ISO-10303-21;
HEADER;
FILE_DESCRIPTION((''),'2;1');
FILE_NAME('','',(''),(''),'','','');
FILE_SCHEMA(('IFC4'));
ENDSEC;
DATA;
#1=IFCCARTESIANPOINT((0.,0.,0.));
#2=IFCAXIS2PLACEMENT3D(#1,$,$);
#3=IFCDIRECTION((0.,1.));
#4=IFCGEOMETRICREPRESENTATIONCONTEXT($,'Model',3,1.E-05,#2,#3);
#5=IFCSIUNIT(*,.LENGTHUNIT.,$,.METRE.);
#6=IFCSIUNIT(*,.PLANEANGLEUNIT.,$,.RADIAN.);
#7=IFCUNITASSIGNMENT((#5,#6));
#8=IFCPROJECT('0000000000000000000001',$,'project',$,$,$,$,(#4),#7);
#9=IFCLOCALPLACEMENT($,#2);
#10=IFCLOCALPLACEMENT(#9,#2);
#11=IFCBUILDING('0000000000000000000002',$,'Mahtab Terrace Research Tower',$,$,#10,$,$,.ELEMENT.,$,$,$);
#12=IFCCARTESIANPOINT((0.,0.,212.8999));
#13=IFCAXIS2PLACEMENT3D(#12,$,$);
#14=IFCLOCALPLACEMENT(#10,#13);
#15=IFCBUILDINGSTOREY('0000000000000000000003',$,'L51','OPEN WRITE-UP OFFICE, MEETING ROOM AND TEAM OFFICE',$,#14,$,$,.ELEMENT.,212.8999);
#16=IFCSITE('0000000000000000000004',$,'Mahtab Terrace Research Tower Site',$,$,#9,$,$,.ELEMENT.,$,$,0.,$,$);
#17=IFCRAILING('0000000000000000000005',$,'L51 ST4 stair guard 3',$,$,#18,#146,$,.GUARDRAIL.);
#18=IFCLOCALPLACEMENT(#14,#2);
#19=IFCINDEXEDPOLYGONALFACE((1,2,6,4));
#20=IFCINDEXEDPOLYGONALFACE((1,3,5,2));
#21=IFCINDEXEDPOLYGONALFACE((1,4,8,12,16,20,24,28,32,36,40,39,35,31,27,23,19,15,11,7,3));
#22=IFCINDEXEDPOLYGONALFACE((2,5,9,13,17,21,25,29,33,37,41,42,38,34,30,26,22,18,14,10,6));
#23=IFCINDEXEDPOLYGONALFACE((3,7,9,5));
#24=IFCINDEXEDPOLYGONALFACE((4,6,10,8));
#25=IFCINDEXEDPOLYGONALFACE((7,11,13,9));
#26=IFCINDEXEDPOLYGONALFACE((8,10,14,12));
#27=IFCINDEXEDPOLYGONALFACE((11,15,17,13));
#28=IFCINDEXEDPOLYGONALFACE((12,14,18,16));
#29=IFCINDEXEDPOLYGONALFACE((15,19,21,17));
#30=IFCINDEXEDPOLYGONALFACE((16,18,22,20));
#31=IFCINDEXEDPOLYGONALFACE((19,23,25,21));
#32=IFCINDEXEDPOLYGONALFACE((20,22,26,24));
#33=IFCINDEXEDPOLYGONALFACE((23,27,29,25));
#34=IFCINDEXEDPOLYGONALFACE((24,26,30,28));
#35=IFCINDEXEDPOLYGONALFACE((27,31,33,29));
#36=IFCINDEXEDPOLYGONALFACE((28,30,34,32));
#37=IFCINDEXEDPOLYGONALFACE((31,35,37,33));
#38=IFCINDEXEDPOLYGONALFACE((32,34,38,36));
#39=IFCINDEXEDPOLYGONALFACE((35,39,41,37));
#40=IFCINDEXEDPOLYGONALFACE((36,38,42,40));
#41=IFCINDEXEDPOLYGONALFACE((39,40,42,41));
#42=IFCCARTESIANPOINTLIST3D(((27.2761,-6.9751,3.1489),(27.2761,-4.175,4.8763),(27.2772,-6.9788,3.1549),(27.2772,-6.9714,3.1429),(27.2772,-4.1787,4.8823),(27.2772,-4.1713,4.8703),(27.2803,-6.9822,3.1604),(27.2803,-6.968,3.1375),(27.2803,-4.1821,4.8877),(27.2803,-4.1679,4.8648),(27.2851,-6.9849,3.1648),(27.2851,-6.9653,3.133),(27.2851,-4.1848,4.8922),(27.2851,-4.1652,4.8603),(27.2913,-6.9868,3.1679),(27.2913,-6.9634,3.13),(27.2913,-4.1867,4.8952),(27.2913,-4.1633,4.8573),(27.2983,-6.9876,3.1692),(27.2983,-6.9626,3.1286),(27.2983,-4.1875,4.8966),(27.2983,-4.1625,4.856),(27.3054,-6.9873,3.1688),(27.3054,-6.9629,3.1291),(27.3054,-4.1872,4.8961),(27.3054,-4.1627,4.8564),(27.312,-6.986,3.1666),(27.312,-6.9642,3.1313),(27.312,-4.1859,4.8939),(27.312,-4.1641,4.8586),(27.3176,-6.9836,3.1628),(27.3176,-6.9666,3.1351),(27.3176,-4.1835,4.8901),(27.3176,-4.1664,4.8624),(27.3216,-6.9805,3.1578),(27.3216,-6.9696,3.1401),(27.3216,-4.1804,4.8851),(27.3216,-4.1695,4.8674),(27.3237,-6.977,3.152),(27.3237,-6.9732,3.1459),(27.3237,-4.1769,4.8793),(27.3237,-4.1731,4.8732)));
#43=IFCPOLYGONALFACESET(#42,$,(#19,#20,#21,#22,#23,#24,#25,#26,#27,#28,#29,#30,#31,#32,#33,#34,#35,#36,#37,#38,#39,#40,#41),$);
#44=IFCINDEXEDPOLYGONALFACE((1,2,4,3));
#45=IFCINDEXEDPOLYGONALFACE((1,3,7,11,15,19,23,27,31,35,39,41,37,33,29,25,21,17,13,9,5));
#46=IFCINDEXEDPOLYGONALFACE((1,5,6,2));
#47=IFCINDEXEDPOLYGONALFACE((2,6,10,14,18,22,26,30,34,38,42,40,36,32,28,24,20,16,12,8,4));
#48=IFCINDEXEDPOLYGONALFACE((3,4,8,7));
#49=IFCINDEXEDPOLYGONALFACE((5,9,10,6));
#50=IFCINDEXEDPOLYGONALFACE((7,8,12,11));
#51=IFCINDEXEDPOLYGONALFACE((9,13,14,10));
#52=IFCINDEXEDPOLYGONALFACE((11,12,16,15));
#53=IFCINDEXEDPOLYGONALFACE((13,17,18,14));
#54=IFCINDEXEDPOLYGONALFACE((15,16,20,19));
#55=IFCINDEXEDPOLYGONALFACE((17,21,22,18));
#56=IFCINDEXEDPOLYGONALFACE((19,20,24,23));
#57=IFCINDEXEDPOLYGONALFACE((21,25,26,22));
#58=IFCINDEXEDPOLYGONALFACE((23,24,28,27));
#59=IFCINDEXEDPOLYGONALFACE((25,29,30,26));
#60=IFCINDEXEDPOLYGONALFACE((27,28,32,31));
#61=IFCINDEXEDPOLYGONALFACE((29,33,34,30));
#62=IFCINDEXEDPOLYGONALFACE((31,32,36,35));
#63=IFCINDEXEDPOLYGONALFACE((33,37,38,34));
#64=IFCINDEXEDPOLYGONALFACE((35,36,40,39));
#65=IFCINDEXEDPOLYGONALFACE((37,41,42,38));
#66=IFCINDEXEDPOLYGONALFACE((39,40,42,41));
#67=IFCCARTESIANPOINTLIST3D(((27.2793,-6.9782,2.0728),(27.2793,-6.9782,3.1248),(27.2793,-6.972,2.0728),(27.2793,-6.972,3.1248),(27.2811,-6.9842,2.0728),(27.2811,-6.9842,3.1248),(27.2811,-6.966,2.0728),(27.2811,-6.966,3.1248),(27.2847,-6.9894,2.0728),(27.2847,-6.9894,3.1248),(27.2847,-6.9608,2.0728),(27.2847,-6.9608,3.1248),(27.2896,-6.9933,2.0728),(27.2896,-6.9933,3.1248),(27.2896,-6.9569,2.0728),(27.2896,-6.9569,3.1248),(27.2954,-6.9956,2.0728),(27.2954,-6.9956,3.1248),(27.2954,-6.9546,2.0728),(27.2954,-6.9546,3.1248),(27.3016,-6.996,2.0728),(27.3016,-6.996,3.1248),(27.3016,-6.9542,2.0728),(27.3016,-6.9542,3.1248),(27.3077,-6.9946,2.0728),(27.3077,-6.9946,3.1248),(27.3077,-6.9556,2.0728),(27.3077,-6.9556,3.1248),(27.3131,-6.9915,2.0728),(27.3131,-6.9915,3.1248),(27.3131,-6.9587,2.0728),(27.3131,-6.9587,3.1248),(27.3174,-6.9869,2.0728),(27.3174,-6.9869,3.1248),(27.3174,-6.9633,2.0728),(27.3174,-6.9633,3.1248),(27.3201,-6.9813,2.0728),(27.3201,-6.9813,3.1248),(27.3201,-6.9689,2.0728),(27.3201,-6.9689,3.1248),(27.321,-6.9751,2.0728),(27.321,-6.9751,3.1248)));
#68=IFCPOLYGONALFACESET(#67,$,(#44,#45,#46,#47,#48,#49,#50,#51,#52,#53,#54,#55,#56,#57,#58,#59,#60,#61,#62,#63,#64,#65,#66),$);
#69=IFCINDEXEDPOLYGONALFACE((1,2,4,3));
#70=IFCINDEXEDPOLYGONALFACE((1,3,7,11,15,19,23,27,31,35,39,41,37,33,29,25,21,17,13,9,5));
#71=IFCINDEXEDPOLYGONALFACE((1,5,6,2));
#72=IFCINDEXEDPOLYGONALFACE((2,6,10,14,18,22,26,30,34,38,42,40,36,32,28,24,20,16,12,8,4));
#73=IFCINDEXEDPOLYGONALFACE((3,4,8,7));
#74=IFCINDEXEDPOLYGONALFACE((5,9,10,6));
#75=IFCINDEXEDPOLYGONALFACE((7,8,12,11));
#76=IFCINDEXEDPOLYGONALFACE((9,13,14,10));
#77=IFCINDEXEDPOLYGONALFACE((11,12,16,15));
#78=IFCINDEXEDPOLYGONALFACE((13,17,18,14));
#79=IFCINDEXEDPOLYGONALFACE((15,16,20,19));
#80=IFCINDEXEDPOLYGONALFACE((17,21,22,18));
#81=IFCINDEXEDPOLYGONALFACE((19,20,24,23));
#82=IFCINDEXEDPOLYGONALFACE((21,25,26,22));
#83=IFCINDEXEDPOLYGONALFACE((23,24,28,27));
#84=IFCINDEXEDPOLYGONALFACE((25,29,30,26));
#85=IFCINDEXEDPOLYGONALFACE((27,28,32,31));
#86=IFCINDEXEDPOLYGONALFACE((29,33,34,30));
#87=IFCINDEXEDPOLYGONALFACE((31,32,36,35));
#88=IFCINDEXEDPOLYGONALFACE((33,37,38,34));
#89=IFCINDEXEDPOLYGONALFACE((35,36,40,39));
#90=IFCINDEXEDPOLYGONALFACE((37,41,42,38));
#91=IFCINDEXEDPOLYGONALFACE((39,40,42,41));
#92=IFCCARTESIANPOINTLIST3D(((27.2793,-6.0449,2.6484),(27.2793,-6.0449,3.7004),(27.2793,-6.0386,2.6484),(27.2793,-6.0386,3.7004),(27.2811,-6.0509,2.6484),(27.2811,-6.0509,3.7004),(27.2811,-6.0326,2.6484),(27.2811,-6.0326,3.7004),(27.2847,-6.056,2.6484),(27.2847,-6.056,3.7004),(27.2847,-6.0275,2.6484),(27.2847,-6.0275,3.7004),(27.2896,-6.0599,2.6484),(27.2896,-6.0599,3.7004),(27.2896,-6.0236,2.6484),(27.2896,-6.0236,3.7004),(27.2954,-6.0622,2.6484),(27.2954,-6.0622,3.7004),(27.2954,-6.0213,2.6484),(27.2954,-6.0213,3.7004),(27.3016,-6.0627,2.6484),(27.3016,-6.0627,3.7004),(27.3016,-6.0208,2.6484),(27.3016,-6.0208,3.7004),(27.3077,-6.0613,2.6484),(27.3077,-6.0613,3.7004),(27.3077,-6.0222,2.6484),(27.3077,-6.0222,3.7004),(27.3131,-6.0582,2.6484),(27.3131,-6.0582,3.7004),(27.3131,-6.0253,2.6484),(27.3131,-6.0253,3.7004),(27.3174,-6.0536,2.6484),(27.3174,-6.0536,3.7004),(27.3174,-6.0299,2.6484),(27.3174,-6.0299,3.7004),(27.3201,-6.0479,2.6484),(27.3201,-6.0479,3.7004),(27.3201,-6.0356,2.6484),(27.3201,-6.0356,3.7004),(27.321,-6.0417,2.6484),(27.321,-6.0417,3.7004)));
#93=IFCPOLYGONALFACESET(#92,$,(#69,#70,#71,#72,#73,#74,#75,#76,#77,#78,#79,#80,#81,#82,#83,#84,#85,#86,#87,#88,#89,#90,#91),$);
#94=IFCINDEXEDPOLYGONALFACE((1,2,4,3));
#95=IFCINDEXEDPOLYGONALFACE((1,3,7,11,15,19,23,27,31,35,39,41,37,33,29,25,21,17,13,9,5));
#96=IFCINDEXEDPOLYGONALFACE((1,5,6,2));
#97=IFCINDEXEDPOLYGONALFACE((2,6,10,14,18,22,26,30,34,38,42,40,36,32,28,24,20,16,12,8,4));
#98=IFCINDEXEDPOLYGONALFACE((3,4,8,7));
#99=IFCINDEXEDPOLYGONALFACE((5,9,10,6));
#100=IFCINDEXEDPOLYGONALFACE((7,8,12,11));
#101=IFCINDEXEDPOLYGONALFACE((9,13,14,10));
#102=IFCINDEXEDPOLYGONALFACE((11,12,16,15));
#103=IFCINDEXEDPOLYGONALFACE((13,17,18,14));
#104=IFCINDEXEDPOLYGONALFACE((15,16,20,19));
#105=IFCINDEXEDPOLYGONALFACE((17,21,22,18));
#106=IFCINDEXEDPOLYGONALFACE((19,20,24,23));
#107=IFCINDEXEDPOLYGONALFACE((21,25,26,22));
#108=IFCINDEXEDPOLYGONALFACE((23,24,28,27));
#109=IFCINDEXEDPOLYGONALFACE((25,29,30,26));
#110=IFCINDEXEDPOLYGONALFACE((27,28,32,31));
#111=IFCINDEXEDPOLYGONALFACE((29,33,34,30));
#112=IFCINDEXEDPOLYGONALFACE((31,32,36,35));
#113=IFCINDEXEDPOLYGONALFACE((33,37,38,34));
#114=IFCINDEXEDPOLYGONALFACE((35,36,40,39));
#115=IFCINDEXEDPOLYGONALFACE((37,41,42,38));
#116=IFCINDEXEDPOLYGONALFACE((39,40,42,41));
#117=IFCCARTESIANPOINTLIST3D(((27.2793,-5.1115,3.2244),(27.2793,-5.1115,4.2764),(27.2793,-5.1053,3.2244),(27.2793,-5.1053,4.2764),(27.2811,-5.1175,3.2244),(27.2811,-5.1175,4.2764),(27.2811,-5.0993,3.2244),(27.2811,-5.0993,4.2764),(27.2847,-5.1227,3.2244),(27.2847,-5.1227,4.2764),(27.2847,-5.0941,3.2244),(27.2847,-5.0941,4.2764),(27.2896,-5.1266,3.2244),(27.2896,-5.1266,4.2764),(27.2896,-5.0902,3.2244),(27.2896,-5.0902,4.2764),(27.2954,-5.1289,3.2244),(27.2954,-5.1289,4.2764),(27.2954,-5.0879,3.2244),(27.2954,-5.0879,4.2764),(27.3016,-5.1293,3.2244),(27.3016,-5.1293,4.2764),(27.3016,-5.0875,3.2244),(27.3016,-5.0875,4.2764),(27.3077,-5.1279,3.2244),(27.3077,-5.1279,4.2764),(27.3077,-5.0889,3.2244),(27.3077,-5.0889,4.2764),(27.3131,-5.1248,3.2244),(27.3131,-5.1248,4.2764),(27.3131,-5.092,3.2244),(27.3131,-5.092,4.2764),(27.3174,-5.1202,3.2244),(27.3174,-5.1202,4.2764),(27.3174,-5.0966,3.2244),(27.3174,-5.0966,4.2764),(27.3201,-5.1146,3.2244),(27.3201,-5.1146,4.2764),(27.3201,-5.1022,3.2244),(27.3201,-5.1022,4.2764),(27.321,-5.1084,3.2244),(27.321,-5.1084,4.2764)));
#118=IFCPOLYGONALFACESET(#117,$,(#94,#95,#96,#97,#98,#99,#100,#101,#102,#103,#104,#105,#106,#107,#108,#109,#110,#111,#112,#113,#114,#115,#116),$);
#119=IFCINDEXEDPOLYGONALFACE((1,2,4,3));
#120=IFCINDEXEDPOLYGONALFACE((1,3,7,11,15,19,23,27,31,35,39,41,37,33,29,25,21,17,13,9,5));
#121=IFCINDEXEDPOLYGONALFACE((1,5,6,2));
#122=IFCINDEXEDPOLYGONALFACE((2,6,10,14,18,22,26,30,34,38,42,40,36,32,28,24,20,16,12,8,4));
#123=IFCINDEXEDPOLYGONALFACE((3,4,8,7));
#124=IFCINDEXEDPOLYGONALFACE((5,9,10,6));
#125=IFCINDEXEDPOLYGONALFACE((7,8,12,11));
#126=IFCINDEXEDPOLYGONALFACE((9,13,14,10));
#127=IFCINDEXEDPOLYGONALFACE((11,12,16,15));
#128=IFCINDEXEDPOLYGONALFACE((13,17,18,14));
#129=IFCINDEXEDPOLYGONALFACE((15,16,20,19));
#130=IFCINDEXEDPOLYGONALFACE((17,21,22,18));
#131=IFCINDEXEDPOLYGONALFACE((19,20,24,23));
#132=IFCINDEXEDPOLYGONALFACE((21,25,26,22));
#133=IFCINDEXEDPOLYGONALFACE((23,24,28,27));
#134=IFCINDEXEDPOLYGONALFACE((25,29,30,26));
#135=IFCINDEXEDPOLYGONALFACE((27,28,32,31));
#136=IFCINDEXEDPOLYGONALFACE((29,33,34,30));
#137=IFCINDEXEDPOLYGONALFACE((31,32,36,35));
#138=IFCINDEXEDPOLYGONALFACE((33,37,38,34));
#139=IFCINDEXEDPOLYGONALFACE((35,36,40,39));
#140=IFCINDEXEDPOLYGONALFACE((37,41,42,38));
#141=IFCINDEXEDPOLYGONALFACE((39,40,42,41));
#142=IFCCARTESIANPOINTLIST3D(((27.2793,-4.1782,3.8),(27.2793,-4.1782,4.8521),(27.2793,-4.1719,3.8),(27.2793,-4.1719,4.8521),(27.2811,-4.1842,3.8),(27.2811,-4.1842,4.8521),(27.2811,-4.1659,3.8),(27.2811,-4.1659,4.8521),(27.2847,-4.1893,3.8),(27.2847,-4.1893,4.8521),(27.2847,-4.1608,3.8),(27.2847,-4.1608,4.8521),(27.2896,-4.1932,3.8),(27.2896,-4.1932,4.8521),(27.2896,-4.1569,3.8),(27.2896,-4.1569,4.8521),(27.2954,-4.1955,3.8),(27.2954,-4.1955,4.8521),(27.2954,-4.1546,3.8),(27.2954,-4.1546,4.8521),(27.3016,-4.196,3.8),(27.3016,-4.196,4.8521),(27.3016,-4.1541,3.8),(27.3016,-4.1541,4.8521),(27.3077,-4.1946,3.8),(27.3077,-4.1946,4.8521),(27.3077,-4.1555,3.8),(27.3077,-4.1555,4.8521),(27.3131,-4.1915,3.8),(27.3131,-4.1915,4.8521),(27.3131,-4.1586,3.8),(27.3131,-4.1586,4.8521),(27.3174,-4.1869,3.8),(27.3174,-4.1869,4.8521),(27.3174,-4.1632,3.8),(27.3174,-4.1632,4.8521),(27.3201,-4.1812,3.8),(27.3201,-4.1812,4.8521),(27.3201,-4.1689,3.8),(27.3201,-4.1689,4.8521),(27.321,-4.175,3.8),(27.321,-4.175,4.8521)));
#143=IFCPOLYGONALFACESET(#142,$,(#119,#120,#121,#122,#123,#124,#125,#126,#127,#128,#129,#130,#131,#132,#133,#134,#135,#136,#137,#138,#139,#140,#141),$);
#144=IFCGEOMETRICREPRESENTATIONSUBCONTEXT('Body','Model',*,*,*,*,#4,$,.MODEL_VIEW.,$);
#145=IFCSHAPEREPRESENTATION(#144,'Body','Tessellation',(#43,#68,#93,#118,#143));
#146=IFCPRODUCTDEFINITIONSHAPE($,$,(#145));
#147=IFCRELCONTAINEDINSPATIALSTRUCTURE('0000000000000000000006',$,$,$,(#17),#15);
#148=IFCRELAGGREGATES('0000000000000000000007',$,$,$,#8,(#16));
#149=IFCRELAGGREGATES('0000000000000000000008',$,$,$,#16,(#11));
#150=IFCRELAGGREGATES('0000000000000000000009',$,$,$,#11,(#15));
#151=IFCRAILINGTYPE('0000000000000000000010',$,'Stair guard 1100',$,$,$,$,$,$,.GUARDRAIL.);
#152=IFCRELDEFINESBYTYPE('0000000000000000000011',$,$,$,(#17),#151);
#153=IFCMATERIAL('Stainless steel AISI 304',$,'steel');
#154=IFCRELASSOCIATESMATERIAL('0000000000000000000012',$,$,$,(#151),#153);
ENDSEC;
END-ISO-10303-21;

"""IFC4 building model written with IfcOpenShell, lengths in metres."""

from ifc_helpers import new_model, si_unit, direction, frame, origin, origin_2d, place, context, subcontext, project, spatial, circle, extrude, material, type_object, element, save


model = new_model("IFC4")

# Units and contexts
model_context = context("Model", 3, precision=1e-05, world=origin(), true_north=direction((0.0, 1.0)))
body_context = subcontext(model_context, "Body", "Model", "MODEL_VIEW")
ifc_project = project(units=[si_unit("LENGTHUNIT", "METRE"), si_unit("PLANEANGLEUNIT", "RADIAN")], contexts=[model_context])

# Site, building, storey
site_placement = place(None, origin())
site = spatial("IfcSite", under=ifc_project, at=site_placement, Name="Mahtab Terrace Research Tower Site", CompositionType="ELEMENT", RefElevation=0.0)
building_placement = place(site_placement, origin())
building = spatial("IfcBuilding", under=site, at=building_placement, Name="Mahtab Terrace Research Tower", CompositionType="ELEMENT")
storey_placement = place(building_placement, frame((0.0, 0.0, 212.8999)))
storey = spatial("IfcBuildingStorey", under=building, at=storey_placement, Name="L51", Description="OPEN WRITE-UP OFFICE, MEETING ROOM AND TEAM OFFICE", CompositionType="ELEMENT", Elevation=212.8999)

# Shared definitions
ifc_material_1 = material(Name="Stainless steel AISI 304", Category="steel")

# Railing
railing_type_1 = type_object("IfcRailingType", Name="Stair guard 1100", PredefinedType="GUARDRAIL", material=ifc_material_1)
railing_1_placement = place(storey_placement, frame((27.3, -6.9751, 2.0728)))
element("IfcRailing", 1, at=railing_1_placement, inside=storey, type_object=railing_type_1, Name="L51 ST4 stair guard 3", PredefinedType="GUARDRAIL", context=body_context, shape_type="SweptSolid", body=[
    extrude(circle(Radius=0.0239, at=origin_2d()), frame((0.0, 0.0, 1.0762), z_axis=(0.0, 0.85109, 0.52502), x_axis=(-1.0, 0.0, 0.0)), (0.0, 0.0, 1.0), 3.29),
    extrude(circle(Radius=0.021, at=origin_2d()), origin(), (0.0, 0.0, 1.0), 1.052),
    extrude(circle(Radius=0.021, at=origin_2d()), frame((0.0, 0.9333, 0.5757)), (0.0, 0.0, 1.0), 1.052),
    extrude(circle(Radius=0.021, at=origin_2d()), frame((0.0, 1.8667, 1.1516)), (0.0, 0.0, 1.0), 1.052),
    extrude(circle(Radius=0.021, at=origin_2d()), frame((0.0, 2.8, 1.7273)), (0.0, 0.0, 1.0), 1.052),
])

save(model, "model.ifc")
